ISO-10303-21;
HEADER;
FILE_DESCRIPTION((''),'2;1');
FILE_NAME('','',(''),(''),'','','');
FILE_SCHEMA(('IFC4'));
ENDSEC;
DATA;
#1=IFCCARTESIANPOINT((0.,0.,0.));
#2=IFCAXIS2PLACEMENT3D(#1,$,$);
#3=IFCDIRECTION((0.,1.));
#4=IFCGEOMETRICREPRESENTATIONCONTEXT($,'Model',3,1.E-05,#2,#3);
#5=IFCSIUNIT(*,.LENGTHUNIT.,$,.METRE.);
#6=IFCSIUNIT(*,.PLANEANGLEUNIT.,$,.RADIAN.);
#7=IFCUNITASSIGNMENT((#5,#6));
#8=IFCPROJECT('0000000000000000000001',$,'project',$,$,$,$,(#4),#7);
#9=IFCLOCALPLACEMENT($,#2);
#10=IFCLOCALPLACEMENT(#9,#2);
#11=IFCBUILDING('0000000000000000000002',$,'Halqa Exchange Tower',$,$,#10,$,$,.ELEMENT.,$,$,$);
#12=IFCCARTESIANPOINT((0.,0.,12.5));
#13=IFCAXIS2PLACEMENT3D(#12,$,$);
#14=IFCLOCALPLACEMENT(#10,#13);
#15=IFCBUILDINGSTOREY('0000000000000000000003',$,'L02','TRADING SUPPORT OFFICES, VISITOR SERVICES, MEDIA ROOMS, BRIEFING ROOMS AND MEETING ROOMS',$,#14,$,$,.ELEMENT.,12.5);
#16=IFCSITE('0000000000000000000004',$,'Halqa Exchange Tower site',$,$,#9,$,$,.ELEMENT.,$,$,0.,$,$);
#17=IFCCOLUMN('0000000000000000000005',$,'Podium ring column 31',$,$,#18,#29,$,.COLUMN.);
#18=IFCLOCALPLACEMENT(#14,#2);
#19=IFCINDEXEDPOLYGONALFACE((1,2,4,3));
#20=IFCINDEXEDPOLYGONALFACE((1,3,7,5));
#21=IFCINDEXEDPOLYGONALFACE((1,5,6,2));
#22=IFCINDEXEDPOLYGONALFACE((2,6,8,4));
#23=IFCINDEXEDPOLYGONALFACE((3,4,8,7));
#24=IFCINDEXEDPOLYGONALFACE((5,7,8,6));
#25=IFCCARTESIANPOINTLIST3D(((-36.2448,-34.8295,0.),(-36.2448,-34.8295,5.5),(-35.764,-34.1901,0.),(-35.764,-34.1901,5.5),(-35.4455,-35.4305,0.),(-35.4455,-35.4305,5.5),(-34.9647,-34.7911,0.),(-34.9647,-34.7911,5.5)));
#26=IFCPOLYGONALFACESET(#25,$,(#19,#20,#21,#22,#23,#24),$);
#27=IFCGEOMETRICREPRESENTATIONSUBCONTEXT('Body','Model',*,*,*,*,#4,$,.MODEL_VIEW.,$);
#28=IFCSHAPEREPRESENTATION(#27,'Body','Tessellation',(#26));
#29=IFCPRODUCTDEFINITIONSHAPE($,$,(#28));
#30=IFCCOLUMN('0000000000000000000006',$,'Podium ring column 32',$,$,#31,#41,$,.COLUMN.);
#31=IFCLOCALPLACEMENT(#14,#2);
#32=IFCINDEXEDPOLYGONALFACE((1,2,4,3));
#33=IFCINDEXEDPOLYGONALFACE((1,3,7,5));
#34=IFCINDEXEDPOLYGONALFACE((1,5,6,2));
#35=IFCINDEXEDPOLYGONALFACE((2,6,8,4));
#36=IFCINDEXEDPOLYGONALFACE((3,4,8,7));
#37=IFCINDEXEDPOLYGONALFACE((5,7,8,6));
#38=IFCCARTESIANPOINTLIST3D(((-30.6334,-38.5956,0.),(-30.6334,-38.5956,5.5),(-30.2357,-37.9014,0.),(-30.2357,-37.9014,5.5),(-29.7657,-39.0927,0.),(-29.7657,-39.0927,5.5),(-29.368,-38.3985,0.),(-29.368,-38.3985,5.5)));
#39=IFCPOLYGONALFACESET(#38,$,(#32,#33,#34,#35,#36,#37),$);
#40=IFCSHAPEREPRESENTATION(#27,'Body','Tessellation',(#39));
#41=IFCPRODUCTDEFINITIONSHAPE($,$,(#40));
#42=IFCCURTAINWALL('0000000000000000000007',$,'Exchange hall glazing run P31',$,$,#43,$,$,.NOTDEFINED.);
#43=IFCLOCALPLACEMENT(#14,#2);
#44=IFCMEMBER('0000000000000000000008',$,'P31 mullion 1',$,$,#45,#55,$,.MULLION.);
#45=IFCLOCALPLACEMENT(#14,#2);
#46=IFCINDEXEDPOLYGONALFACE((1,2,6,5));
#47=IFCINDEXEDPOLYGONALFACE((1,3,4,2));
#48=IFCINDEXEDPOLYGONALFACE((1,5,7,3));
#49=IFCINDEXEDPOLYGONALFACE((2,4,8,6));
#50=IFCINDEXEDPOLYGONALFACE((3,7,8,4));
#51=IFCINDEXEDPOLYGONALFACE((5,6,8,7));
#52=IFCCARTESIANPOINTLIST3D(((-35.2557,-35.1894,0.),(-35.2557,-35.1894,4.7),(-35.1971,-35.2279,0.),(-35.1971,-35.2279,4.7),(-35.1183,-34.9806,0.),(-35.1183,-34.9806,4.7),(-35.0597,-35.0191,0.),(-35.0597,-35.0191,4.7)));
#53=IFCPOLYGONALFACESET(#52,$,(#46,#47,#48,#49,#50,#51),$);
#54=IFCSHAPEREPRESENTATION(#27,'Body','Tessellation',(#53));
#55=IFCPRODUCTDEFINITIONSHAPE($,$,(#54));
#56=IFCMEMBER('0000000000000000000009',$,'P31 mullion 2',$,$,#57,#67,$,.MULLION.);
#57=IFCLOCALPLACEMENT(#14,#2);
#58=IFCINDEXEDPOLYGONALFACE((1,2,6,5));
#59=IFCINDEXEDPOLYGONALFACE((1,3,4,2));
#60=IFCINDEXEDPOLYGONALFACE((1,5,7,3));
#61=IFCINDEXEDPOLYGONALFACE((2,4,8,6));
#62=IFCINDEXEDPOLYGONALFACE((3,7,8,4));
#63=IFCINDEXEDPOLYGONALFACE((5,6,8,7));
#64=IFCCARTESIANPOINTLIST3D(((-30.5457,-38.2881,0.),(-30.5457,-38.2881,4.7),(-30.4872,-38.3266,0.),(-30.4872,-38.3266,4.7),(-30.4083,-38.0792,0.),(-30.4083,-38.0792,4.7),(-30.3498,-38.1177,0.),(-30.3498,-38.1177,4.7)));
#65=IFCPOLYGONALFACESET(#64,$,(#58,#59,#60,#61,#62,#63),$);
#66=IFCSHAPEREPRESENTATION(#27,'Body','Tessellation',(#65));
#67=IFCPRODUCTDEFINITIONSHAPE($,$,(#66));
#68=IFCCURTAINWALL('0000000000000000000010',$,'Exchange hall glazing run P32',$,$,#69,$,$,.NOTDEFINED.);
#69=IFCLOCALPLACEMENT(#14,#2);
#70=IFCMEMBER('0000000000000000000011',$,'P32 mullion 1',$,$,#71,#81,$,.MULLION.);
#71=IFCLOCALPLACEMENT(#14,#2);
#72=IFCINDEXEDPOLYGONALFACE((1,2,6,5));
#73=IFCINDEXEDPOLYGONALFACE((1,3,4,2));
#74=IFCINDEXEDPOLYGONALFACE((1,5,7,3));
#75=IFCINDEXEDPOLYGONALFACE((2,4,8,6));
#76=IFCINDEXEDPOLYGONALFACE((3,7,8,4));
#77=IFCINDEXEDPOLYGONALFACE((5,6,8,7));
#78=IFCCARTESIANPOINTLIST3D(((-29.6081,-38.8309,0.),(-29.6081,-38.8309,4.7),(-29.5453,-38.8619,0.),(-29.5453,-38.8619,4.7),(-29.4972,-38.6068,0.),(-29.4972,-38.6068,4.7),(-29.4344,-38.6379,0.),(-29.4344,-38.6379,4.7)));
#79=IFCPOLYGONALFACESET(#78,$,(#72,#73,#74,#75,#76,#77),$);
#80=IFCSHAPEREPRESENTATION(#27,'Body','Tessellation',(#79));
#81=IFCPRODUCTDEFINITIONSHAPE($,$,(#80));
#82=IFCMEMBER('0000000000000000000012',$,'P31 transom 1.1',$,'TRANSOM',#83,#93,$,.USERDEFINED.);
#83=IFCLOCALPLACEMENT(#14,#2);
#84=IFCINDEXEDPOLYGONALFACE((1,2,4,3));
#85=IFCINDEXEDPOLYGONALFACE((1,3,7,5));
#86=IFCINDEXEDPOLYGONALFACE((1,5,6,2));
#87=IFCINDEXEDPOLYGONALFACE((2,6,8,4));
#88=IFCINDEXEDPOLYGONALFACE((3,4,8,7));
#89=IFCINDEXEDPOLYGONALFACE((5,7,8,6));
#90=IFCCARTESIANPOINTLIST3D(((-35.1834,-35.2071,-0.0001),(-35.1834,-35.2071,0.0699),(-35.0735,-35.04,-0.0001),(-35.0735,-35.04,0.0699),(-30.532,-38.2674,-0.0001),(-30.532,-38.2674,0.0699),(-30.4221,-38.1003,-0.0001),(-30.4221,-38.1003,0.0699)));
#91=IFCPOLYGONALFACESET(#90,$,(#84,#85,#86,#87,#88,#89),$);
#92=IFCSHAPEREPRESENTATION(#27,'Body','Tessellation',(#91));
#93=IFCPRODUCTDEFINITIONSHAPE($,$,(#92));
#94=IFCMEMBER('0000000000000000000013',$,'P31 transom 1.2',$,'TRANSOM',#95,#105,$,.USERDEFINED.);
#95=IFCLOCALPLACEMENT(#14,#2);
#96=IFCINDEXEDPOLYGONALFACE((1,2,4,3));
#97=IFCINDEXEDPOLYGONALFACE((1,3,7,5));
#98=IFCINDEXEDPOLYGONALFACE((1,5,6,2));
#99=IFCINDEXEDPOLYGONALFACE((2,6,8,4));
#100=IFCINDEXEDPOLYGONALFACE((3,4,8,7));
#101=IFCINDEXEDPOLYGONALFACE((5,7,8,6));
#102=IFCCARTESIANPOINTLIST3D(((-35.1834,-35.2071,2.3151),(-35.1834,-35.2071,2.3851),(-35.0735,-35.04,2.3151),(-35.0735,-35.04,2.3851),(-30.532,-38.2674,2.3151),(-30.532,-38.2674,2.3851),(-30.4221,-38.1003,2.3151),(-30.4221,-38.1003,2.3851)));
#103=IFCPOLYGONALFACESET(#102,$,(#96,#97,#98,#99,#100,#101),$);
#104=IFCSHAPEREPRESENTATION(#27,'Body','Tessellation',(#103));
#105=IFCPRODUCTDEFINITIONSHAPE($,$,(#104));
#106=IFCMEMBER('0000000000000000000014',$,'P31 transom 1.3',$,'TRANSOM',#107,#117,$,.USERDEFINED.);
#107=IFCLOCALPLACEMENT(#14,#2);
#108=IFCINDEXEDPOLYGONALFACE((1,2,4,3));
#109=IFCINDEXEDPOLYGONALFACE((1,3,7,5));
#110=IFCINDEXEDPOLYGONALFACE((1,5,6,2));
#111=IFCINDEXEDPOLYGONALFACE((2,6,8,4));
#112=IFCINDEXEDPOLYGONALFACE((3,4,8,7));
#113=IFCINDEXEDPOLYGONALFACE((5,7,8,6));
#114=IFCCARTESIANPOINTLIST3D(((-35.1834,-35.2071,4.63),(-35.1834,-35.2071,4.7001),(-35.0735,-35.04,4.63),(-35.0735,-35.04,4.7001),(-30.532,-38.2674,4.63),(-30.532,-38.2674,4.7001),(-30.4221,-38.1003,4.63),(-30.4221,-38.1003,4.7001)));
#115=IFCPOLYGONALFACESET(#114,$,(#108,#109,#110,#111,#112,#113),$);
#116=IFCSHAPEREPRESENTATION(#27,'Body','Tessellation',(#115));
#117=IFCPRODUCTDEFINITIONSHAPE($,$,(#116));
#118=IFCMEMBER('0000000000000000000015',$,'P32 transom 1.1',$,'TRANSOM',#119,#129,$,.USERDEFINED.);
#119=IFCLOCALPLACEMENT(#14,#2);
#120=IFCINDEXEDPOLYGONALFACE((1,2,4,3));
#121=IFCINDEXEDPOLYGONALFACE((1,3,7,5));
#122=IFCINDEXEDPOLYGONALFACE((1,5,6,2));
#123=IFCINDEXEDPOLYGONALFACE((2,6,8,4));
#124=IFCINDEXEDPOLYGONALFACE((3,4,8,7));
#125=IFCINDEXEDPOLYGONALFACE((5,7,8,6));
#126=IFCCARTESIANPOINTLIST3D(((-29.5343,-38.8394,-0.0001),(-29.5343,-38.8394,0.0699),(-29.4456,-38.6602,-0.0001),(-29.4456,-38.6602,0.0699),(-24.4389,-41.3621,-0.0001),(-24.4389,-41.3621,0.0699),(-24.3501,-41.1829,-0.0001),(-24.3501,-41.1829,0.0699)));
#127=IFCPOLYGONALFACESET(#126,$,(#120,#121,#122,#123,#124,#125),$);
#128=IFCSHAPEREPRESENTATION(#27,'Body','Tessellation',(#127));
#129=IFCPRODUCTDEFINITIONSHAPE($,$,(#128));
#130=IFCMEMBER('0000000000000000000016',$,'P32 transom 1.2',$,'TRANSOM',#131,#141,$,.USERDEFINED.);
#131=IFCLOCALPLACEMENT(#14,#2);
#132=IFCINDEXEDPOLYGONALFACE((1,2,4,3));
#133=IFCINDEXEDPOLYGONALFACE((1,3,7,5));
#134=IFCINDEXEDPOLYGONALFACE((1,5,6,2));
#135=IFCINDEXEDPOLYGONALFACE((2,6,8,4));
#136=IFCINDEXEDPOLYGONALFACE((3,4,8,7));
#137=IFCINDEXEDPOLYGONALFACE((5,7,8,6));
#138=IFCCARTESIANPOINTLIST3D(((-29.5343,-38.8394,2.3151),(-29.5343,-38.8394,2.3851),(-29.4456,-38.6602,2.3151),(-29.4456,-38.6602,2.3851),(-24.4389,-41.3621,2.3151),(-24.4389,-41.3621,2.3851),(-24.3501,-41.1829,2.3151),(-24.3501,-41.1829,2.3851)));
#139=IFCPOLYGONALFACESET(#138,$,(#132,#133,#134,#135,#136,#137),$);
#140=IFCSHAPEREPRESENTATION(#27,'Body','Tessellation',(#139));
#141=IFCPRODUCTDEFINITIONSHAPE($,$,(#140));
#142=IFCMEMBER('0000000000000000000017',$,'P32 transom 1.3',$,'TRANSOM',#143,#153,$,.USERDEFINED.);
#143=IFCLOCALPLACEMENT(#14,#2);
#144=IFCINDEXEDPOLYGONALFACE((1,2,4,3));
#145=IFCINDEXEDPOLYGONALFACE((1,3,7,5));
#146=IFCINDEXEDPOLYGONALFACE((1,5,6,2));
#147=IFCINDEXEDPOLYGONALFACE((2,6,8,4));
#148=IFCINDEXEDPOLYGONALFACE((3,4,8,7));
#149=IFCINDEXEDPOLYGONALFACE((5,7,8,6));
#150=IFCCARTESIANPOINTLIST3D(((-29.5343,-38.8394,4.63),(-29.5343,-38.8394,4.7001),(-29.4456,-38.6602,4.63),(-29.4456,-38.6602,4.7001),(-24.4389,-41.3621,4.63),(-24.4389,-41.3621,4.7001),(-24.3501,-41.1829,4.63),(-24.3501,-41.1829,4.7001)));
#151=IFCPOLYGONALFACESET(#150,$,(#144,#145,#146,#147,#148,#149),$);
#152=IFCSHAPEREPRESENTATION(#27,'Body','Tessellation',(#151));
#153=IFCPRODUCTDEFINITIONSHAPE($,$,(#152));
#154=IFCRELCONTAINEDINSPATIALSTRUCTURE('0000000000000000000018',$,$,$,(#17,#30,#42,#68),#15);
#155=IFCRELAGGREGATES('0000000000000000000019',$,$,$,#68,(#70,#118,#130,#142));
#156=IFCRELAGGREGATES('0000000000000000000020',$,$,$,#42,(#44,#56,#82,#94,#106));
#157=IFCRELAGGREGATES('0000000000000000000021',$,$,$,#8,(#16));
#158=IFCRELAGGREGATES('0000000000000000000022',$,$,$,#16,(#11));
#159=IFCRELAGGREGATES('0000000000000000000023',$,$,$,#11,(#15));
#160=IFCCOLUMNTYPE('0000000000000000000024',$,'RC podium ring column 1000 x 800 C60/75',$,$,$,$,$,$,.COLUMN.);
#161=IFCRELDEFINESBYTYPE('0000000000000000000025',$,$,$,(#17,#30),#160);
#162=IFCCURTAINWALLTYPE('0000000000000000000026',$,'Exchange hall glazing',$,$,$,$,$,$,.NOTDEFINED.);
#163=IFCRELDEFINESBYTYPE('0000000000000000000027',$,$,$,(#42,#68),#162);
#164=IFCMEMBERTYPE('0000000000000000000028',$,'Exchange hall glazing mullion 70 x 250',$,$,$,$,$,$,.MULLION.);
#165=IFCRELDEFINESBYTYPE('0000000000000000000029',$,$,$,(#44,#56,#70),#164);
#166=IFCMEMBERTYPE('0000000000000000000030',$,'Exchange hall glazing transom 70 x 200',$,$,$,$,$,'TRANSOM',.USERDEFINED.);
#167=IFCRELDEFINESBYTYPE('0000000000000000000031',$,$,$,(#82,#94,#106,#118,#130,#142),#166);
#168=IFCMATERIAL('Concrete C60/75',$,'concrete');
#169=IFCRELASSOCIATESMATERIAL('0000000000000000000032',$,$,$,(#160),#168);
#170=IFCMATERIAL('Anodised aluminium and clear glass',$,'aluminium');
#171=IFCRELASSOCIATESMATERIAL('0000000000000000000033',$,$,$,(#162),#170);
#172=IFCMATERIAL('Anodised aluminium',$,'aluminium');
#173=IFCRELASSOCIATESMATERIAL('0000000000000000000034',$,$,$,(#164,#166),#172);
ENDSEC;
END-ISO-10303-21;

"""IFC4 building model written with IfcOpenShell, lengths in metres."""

from ifc_helpers import new_model, si_unit, direction, frame, origin, origin_2d, place, context, subcontext, project, spatial, rectangle, extrude, material, material_profile, profile_set, type_object, element, aggregate, save


model = new_model("IFC4")

# Units and contexts
model_context = context("Model", 3, precision=1e-05, world=origin(), true_north=direction((0.0, 1.0)))
body_context = subcontext(model_context, "Body", "Model", "MODEL_VIEW")
ifc_project = project(units=[si_unit("LENGTHUNIT", "METRE"), si_unit("PLANEANGLEUNIT", "RADIAN")], contexts=[model_context])

# Site, building, storey
site_placement = place(None, origin())
site = spatial("IfcSite", under=ifc_project, at=site_placement, Name="Halqa Exchange Tower site", CompositionType="ELEMENT", RefElevation=0.0)
building_placement = place(site_placement, origin())
building = spatial("IfcBuilding", under=site, at=building_placement, Name="Halqa Exchange Tower", CompositionType="ELEMENT")
storey_placement = place(building_placement, frame((0.0, 0.0, 12.5)))
storey = spatial("IfcBuildingStorey", under=building, at=storey_placement, Name="L02", Description="TRADING SUPPORT OFFICES, VISITOR SERVICES, MEDIA ROOMS, BRIEFING ROOMS AND MEETING ROOMS", CompositionType="ELEMENT", Elevation=12.5)

# Columns
ifc_material_1 = material(Name="Concrete C60/75", Category="concrete")
ifc_material_profile_1 = material_profile(ifc_material_1, rectangle(XDim=1.0, YDim=0.8, at=origin_2d()), Name="1000 x 800")
ifc_profile_set_1 = profile_set([ifc_material_profile_1], Name="Concrete C60/75")
column_type = type_object("IfcColumnType", Name="RC podium ring column 1000 x 800 C60/75", PredefinedType="COLUMN", material=ifc_profile_set_1)
for number, where, z_axis, x_axis, name in (
    (1, (-35.6047, -34.8103, 0.0), (0.0, 0.0, 1.0), (0.79926, -0.600985, 0.0), "Podium ring column 31"),
    (2, (-30.0007, -38.4971, 0.0), (0.0, 0.0, 1.0), (0.867693, -0.4971, 0.0), "Podium ring column 32"),
):
    element("IfcColumn", number, at=place(storey_placement, frame(where, z_axis=z_axis, x_axis=x_axis)), inside=storey, type_object=column_type, Name=name, PredefinedType="COLUMN", context=body_context, shape_type="SweptSolid", body=[
        extrude(rectangle(XDim=1.0, YDim=0.8, at=origin_2d()), origin(), (0.0, 0.0, 1.0), 5.5),
    ])

# Curtain wall, members
ifc_material_2 = material(Name="Anodised aluminium and clear glass", Category="aluminium")
curtain_wall_type = type_object("IfcCurtainWallType", Name="Exchange hall glazing", PredefinedType="NOTDEFINED", material=ifc_material_2)
curtain_wall_1_placement = place(storey_placement, origin())
curtain_wall_1 = element("IfcCurtainWall", 3, at=curtain_wall_1_placement, inside=storey, type_object=curtain_wall_type, Name="Exchange hall glazing run P31", PredefinedType="NOTDEFINED")
ifc_material_3 = material(Name="Anodised aluminium", Category="aluminium")
ifc_material_profile_2 = material_profile(ifc_material_3, rectangle(XDim=0.25, YDim=0.0701, at=origin_2d()), Name="AL 70x250")
ifc_profile_set_2 = profile_set([ifc_material_profile_2], Name="Anodised aluminium")
member_type_1 = type_object("IfcMemberType", Name="Exchange hall glazing mullion 70 x 250", PredefinedType="MULLION", material=ifc_profile_set_2)
member_1_placement = place(storey_placement, frame((-35.1577, -35.1042, 0.0), z_axis=(0.0, 0.0, 1.0), x_axis=(0.54962, 0.835415, 0.0)))
member_1 = element("IfcMember", 4, at=member_1_placement, type_object=member_type_1, Name="P31 mullion 1", PredefinedType="MULLION", context=body_context, shape_type="SweptSolid", body=[
    extrude(rectangle(XDim=0.25, YDim=0.0701, at=origin_2d()), origin(), (0.0, 0.0, 1.0), 4.7),
])
member_2_placement = place(storey_placement, frame((-30.4478, -38.2029, 0.0), z_axis=(0.0, 0.0, 1.0), x_axis=(0.54962, 0.835415, 0.0)))
member_2 = element("IfcMember", 5, at=member_2_placement, type_object=member_type_1, Name="P31 mullion 2", PredefinedType="MULLION", context=body_context, shape_type="SweptSolid", body=[
    extrude(rectangle(XDim=0.25, YDim=0.0701, at=origin_2d()), origin(), (0.0, 0.0, 1.0), 4.7),
])

# Curtain wall, member
curtain_wall_2_placement = place(storey_placement, origin())
curtain_wall_2 = element("IfcCurtainWall", 6, at=curtain_wall_2_placement, inside=storey, type_object=curtain_wall_type, Name="Exchange hall glazing run P32", PredefinedType="NOTDEFINED")
member_3_placement = place(storey_placement, frame((-29.5212, -38.7344, 0.0), z_axis=(0.0, 0.0, 1.0), x_axis=(0.443653, 0.896198, 0.0)))
member_3 = element("IfcMember", 7, at=member_3_placement, type_object=member_type_1, Name="P32 mullion 1", PredefinedType="MULLION", context=body_context, shape_type="SweptSolid", body=[
    extrude(rectangle(XDim=0.25, YDim=0.0701, at=origin_2d()), origin(), (0.0, 0.0, 1.0), 4.7),
])

# Members
ifc_material_profile_3 = material_profile(ifc_material_3, rectangle(XDim=0.2, YDim=0.0701, at=origin_2d()), Name="AL 70x200")
ifc_profile_set_3 = profile_set([ifc_material_profile_3], Name="Anodised aluminium")
member_type_2 = type_object("IfcMemberType", Name="Exchange hall glazing transom 70 x 200", ElementType="TRANSOM", PredefinedType="USERDEFINED", material=ifc_profile_set_3)
member_4_placement = place(storey_placement, frame((-35.1284, -35.1235, 0.0349), z_axis=(0.835401, -0.549641, 0.0), x_axis=(0.549641, 0.835401, 0.0)))
member_4 = element("IfcMember", 8, at=member_4_placement, type_object=member_type_2, Name="P31 transom 1.1", ObjectType="TRANSOM", PredefinedType="USERDEFINED", context=body_context, shape_type="SweptSolid", body=[
    extrude(rectangle(XDim=0.2, YDim=0.0701, at=origin_2d()), origin(), (0.0, 0.0, 1.0), 5.5679),
])
member_5_placement = place(storey_placement, frame((-35.1284, -35.1235, 2.3501), z_axis=(0.835401, -0.549641, 0.0), x_axis=(0.549641, 0.835401, 0.0)))
member_5 = element("IfcMember", 9, at=member_5_placement, type_object=member_type_2, Name="P31 transom 1.2", ObjectType="TRANSOM", PredefinedType="USERDEFINED", context=body_context, shape_type="SweptSolid", body=[
    extrude(rectangle(XDim=0.2, YDim=0.0701, at=origin_2d()), origin(), (0.0, 0.0, 1.0), 5.5679),
])
member_6_placement = place(storey_placement, frame((-35.1284, -35.1235, 4.665), z_axis=(0.835401, -0.549641, 0.0), x_axis=(0.549641, 0.835401, 0.0)))
member_6 = element("IfcMember", 10, at=member_6_placement, type_object=member_type_2, Name="P31 transom 1.3", ObjectType="TRANSOM", PredefinedType="USERDEFINED", context=body_context, shape_type="SweptSolid", body=[
    extrude(rectangle(XDim=0.2, YDim=0.0701, at=origin_2d()), origin(), (0.0, 0.0, 1.0), 5.5679),
])
member_7_placement = place(storey_placement, frame((-29.49, -38.7498, 0.0349), z_axis=(0.896181, -0.443689, 0.0), x_axis=(0.443689, 0.896181, 0.0)))
member_7 = element("IfcMember", 11, at=member_7_placement, type_object=member_type_2, Name="P32 transom 1.1", ObjectType="TRANSOM", PredefinedType="USERDEFINED", context=body_context, shape_type="SweptSolid", body=[
    extrude(rectangle(XDim=0.2, YDim=0.0701, at=origin_2d()), origin(), (0.0, 0.0, 1.0), 5.6858),
])
member_8_placement = place(storey_placement, frame((-29.49, -38.7498, 2.3501), z_axis=(0.896181, -0.443689, 0.0), x_axis=(0.443689, 0.896181, 0.0)))
member_8 = element("IfcMember", 12, at=member_8_placement, type_object=member_type_2, Name="P32 transom 1.2", ObjectType="TRANSOM", PredefinedType="USERDEFINED", context=body_context, shape_type="SweptSolid", body=[
    extrude(rectangle(XDim=0.2, YDim=0.0701, at=origin_2d()), origin(), (0.0, 0.0, 1.0), 5.6858),
])
member_9_placement = place(storey_placement, frame((-29.49, -38.7498, 4.665), z_axis=(0.896181, -0.443689, 0.0), x_axis=(0.443689, 0.896181, 0.0)))
member_9 = element("IfcMember", 13, at=member_9_placement, type_object=member_type_2, Name="P32 transom 1.3", ObjectType="TRANSOM", PredefinedType="USERDEFINED", context=body_context, shape_type="SweptSolid", body=[
    extrude(rectangle(XDim=0.2, YDim=0.0701, at=origin_2d()), origin(), (0.0, 0.0, 1.0), 5.6858),
])
aggregate(curtain_wall_2, [member_3, member_7, member_8, member_9])

aggregate(curtain_wall_1, [member_1, member_2, member_4, member_5, member_6])

save(model, "model.ifc")
